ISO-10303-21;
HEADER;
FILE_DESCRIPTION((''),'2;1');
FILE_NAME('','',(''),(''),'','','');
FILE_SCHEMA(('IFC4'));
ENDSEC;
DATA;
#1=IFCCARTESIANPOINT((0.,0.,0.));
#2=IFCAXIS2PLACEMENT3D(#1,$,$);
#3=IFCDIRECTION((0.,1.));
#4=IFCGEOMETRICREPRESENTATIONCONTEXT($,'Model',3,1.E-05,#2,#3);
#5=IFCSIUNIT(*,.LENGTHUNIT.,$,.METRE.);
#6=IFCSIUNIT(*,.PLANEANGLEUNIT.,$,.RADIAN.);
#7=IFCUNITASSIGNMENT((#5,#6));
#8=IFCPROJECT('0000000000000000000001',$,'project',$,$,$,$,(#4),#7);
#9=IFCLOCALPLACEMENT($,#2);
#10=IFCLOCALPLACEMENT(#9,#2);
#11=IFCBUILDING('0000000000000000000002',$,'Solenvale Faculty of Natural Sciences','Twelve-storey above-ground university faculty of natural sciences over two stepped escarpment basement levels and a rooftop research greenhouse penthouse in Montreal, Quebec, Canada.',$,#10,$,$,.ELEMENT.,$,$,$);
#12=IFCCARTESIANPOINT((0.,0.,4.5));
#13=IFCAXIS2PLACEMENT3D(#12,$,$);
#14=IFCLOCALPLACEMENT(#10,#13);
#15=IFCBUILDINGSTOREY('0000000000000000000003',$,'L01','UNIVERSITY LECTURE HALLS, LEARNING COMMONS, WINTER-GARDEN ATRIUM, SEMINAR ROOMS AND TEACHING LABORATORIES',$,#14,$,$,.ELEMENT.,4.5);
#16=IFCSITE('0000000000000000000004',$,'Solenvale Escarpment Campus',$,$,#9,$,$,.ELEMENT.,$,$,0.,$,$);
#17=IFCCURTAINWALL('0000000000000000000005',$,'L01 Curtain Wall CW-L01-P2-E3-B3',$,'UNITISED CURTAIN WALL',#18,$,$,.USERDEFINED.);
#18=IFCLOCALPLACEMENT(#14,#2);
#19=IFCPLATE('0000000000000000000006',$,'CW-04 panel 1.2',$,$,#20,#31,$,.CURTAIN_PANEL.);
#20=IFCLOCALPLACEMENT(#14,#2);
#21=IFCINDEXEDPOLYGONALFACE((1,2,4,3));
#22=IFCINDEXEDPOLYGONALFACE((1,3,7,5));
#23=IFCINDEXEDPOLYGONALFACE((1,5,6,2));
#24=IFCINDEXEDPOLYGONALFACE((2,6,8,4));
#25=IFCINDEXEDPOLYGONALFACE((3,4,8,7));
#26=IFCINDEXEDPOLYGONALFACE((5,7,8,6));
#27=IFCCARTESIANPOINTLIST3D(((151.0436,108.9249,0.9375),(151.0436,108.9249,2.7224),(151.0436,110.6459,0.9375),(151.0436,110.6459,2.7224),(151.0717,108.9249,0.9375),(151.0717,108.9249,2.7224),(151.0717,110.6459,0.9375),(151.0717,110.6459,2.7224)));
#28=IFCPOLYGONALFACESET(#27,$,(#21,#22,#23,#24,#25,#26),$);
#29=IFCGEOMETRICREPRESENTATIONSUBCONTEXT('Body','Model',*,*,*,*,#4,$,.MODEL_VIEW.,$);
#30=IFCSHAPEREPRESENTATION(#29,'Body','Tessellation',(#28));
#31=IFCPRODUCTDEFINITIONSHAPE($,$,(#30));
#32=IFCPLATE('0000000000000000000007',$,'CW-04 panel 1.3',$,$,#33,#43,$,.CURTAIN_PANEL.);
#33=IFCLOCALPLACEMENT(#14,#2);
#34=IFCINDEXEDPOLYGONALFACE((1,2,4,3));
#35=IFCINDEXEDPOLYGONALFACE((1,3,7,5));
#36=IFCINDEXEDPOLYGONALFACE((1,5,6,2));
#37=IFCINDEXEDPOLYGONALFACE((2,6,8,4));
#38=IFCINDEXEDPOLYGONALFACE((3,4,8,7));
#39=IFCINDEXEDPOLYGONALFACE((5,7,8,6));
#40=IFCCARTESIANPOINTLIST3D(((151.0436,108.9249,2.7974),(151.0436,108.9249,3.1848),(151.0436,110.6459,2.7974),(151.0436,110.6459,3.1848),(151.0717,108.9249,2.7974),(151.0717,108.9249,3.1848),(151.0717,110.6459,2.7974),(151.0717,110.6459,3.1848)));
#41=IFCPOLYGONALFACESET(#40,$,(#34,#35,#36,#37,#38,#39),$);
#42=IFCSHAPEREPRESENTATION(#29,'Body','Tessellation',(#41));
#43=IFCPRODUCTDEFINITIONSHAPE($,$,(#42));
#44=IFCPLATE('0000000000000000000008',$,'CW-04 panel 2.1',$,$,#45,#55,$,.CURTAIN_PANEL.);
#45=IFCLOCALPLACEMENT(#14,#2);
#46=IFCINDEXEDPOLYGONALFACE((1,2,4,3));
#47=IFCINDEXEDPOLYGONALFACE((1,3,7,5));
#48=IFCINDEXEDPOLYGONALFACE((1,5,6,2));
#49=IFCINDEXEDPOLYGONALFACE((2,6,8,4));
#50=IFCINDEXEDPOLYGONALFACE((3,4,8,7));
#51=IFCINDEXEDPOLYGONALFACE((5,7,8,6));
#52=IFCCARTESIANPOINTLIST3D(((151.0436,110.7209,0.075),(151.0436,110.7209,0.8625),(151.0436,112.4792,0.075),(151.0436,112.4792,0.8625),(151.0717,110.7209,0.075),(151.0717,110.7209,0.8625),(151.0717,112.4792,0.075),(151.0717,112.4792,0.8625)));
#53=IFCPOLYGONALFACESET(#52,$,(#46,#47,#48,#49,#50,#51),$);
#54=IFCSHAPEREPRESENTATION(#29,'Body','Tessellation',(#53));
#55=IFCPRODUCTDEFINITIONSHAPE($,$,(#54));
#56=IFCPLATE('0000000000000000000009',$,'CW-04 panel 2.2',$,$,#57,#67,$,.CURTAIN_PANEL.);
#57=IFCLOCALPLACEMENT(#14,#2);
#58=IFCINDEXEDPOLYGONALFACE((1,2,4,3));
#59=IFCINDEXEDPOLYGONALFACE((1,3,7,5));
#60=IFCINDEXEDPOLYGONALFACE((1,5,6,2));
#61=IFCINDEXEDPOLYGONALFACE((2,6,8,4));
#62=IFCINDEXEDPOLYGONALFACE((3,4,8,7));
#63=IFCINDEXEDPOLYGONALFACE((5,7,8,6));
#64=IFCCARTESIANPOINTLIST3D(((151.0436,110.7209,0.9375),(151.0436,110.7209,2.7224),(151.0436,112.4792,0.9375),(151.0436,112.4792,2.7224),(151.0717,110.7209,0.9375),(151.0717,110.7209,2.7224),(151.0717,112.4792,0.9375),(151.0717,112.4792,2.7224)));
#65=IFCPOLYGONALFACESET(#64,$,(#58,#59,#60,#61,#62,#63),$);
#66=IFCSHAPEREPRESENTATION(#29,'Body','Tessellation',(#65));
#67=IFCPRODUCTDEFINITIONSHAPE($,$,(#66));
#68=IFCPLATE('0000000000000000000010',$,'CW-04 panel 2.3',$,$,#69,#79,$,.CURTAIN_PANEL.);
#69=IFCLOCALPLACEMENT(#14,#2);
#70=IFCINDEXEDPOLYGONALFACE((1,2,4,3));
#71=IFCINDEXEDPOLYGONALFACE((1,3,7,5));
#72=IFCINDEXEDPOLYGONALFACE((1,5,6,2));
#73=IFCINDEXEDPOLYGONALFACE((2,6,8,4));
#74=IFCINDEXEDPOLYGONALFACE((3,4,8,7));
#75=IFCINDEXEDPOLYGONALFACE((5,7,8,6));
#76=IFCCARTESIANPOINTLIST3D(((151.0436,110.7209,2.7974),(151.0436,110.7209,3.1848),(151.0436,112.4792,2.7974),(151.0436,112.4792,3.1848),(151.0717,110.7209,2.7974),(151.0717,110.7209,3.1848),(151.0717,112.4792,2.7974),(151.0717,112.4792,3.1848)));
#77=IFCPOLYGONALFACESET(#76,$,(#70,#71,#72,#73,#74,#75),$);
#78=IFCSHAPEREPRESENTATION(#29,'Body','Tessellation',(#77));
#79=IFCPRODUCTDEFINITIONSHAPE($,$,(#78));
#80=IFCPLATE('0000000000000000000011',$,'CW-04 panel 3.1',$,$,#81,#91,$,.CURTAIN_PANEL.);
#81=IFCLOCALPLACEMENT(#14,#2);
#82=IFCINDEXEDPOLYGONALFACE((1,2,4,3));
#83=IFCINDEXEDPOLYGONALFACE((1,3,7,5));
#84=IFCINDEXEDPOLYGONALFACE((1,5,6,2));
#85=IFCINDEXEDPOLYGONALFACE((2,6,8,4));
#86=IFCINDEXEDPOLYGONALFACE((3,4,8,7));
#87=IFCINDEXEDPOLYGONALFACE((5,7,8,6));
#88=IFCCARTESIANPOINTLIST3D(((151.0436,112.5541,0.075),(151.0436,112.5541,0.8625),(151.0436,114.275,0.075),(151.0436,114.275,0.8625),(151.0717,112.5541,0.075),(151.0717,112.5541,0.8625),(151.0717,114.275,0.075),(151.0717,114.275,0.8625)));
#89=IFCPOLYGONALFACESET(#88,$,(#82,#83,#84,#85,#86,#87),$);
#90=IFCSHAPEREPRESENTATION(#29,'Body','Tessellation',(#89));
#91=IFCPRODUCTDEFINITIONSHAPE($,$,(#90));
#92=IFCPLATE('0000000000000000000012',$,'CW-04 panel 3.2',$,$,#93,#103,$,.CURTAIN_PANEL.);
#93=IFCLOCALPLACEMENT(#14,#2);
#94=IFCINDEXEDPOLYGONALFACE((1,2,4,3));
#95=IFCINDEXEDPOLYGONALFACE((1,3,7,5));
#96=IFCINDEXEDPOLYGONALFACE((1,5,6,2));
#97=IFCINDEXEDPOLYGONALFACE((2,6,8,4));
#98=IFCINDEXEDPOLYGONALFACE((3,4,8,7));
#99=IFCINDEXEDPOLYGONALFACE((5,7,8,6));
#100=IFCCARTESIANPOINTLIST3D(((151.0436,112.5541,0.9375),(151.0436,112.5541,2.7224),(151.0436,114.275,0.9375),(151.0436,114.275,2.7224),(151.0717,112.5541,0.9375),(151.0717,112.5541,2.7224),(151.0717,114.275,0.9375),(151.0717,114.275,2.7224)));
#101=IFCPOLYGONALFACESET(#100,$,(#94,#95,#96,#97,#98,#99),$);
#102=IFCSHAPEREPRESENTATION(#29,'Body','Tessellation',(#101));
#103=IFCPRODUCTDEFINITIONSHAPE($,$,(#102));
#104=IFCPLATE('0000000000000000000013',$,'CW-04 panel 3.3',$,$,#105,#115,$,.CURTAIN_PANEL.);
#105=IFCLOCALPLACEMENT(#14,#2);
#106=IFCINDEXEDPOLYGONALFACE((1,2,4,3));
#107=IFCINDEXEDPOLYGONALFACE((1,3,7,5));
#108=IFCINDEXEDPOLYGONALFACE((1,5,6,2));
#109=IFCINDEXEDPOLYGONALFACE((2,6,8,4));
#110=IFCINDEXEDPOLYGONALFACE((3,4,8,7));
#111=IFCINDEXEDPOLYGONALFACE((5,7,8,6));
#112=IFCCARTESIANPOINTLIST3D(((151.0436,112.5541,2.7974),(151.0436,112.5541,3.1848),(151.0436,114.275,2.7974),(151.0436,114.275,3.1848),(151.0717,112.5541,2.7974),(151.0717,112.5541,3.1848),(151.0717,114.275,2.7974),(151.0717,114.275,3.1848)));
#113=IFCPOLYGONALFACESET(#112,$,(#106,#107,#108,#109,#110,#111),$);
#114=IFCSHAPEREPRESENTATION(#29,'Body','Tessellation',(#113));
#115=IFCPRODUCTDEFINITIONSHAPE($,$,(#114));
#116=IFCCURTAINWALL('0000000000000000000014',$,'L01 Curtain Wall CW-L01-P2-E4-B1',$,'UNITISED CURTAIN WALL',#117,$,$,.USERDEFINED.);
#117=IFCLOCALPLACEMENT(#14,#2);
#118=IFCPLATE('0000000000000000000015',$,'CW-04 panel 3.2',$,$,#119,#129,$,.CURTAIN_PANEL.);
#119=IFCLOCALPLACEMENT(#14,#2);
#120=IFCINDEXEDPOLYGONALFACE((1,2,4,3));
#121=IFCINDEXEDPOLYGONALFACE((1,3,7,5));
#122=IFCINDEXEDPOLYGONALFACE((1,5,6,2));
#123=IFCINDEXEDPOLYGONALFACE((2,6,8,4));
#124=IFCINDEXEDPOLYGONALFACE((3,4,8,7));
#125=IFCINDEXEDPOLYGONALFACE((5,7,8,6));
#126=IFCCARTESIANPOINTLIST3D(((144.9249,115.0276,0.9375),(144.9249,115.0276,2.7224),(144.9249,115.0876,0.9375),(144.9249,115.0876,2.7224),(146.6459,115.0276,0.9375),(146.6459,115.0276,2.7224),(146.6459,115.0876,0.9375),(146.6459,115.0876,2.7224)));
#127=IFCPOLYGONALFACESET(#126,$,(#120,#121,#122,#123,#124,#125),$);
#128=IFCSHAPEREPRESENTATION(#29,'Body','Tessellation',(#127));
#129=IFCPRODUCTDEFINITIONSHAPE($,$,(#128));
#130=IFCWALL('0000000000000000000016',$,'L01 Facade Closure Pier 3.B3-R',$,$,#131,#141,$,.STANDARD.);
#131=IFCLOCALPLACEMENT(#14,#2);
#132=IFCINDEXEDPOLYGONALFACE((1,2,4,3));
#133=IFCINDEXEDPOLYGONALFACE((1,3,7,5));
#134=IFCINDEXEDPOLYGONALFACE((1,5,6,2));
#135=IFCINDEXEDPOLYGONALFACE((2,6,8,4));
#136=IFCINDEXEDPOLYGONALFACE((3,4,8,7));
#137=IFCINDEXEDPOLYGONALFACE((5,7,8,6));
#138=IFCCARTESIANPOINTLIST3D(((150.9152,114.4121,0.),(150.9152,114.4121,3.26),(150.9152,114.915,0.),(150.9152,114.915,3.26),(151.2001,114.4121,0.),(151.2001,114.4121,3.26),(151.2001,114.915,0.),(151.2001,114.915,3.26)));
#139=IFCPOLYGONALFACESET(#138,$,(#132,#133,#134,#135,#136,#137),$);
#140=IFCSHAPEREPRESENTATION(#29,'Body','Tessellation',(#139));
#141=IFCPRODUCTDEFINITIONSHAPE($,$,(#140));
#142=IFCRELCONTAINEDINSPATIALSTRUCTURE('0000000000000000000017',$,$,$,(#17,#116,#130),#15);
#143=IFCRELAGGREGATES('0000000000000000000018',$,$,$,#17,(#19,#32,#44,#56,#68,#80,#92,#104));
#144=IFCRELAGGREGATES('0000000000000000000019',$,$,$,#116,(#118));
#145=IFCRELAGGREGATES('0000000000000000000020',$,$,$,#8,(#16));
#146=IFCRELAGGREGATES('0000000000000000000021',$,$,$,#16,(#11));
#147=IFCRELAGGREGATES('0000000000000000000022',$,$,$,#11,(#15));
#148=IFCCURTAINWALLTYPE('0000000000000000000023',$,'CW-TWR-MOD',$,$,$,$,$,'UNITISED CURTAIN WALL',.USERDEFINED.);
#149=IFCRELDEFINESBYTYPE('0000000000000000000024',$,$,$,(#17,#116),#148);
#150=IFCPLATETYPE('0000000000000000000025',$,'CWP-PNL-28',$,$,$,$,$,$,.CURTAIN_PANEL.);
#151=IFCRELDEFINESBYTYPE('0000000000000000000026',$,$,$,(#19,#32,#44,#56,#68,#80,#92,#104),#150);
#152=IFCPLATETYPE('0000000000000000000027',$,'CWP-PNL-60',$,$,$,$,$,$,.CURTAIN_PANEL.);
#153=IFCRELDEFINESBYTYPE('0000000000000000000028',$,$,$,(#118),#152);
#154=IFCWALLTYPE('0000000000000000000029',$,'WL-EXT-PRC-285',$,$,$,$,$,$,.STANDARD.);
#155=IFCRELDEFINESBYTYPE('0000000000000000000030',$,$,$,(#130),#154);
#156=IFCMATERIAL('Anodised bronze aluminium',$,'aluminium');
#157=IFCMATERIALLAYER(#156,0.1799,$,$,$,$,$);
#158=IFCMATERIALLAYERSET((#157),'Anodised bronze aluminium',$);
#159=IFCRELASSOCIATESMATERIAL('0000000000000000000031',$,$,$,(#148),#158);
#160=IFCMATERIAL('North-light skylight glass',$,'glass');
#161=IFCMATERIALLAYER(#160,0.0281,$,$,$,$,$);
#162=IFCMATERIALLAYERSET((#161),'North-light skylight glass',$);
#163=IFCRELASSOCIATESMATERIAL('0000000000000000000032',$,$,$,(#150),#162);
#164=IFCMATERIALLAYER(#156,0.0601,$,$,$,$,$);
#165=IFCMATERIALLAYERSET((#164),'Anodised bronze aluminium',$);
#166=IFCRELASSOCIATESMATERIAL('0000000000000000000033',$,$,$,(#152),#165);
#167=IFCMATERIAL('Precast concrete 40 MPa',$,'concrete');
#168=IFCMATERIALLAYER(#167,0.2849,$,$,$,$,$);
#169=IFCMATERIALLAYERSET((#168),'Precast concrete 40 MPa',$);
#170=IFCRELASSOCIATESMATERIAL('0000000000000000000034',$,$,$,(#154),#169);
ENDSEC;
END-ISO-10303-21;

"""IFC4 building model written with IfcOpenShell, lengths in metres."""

from ifc_helpers import new_model, si_unit, direction, frame, frame_2d, origin, origin_2d, place, context, subcontext, project, spatial, rectangle, extrude, material, layer, layer_set, type_object, element, aggregate, save


model = new_model("IFC4")

# Units and contexts
model_context = context("Model", 3, precision=1e-05, world=origin(), true_north=direction((0.0, 1.0)))
body_context = subcontext(model_context, "Body", "Model", "MODEL_VIEW")
ifc_project = project(units=[si_unit("LENGTHUNIT", "METRE"), si_unit("PLANEANGLEUNIT", "RADIAN")], contexts=[model_context])

# Site, building, storey
site_placement = place(None, origin())
site = spatial("IfcSite", under=ifc_project, at=site_placement, Name="Solenvale Escarpment Campus", CompositionType="ELEMENT", RefElevation=0.0)
building_placement = place(site_placement, origin())
building = spatial("IfcBuilding", under=site, at=building_placement, Name="Solenvale Faculty of Natural Sciences", Description="Twelve-storey above-ground university faculty of natural sciences over two stepped escarpment basement levels and a rooftop research greenhouse penthouse in Montreal, Quebec, Canada.", CompositionType="ELEMENT")
storey_placement = place(building_placement, frame((0.0, 0.0, 4.5)))
storey = spatial("IfcBuildingStorey", under=building, at=storey_placement, Name="L01", Description="UNIVERSITY LECTURE HALLS, LEARNING COMMONS, WINTER-GARDEN ATRIUM, SEMINAR ROOMS AND TEACHING LABORATORIES", CompositionType="ELEMENT", Elevation=4.5)

# Curtain wall, plates
ifc_material_1 = material(Name="Anodised bronze aluminium", Category="aluminium")
ifc_layer_1 = layer(ifc_material_1, 0.1799)
ifc_layer_set_1 = layer_set([ifc_layer_1], Name="Anodised bronze aluminium")
curtain_wall_type = type_object("IfcCurtainWallType", Name="CW-TWR-MOD", ElementType="UNITISED CURTAIN WALL", PredefinedType="USERDEFINED", material=ifc_layer_set_1)
curtain_wall_1_placement = place(storey_placement, origin())
curtain_wall_1 = element("IfcCurtainWall", 1, at=curtain_wall_1_placement, inside=storey, type_object=curtain_wall_type, Name="L01 Curtain Wall CW-L01-P2-E3-B3", ObjectType="UNITISED CURTAIN WALL", PredefinedType="USERDEFINED")
ifc_material_2 = material(Name="North-light skylight glass", Category="glass")
ifc_layer_2 = layer(ifc_material_2, 0.0281)
ifc_layer_set_2 = layer_set([ifc_layer_2], Name="North-light skylight glass")
plate_type_1 = type_object("IfcPlateType", Name="CWP-PNL-28", PredefinedType="CURTAIN_PANEL", material=ifc_layer_set_2)
plate_1_placement = place(storey_placement, frame((151.0576, 109.7854, 0.9375), z_axis=(0.0, 0.0, 1.0), x_axis=(0.0, 1.0, 0.0)))
plate_1 = element("IfcPlate", 2, at=plate_1_placement, type_object=plate_type_1, Name="CW-04 panel 1.2", PredefinedType="CURTAIN_PANEL", context=body_context, shape_type="SweptSolid", body=[
    extrude(rectangle(XDim=1.7209, YDim=0.0281, at=origin_2d()), origin(), (0.0, 0.0, 1.0), 1.7849),
])
plate_2_placement = place(storey_placement, frame((151.0576, 109.7854, 2.7974), z_axis=(0.0, 0.0, 1.0), x_axis=(0.0, 1.0, 0.0)))
plate_2 = element("IfcPlate", 3, at=plate_2_placement, type_object=plate_type_1, Name="CW-04 panel 1.3", PredefinedType="CURTAIN_PANEL", context=body_context, shape_type="SweptSolid", body=[
    extrude(rectangle(XDim=1.7209, YDim=0.0281, at=origin_2d()), origin(), (0.0, 0.0, 1.0), 0.3875),
])
plate_3_placement = place(storey_placement, frame((151.0576, 111.6001, 0.075), z_axis=(0.0, 0.0, 1.0), x_axis=(0.0, 1.0, 0.0)))
plate_3 = element("IfcPlate", 4, at=plate_3_placement, type_object=plate_type_1, Name="CW-04 panel 2.1", PredefinedType="CURTAIN_PANEL", context=body_context, shape_type="SweptSolid", body=[
    extrude(rectangle(XDim=1.7583, YDim=0.0281, at=origin_2d()), origin(), (0.0, 0.0, 1.0), 0.7876),
])
plate_4_placement = place(storey_placement, frame((151.0576, 111.6001, 0.9375), z_axis=(0.0, 0.0, 1.0), x_axis=(0.0, 1.0, 0.0)))
plate_4 = element("IfcPlate", 5, at=plate_4_placement, type_object=plate_type_1, Name="CW-04 panel 2.2", PredefinedType="CURTAIN_PANEL", context=body_context, shape_type="SweptSolid", body=[
    extrude(rectangle(XDim=1.7583, YDim=0.0281, at=origin_2d()), origin(), (0.0, 0.0, 1.0), 1.7849),
])
plate_5_placement = place(storey_placement, frame((151.0576, 111.6001, 2.7974), z_axis=(0.0, 0.0, 1.0), x_axis=(0.0, 1.0, 0.0)))
plate_5 = element("IfcPlate", 6, at=plate_5_placement, type_object=plate_type_1, Name="CW-04 panel 2.3", PredefinedType="CURTAIN_PANEL", context=body_context, shape_type="SweptSolid", body=[
    extrude(rectangle(XDim=1.7583, YDim=0.0281, at=origin_2d()), origin(), (0.0, 0.0, 1.0), 0.3875),
])
plate_6_placement = place(storey_placement, frame((151.0576, 113.4146, 0.075), z_axis=(0.0, 0.0, 1.0), x_axis=(0.0, 1.0, 0.0)))
plate_6 = element("IfcPlate", 7, at=plate_6_placement, type_object=plate_type_1, Name="CW-04 panel 3.1", PredefinedType="CURTAIN_PANEL", context=body_context, shape_type="SweptSolid", body=[
    extrude(rectangle(XDim=1.7209, YDim=0.0281, at=origin_2d()), origin(), (0.0, 0.0, 1.0), 0.7876),
])
plate_7_placement = place(storey_placement, frame((151.0576, 113.4146, 0.9375), z_axis=(0.0, 0.0, 1.0), x_axis=(0.0, 1.0, 0.0)))
plate_7 = element("IfcPlate", 8, at=plate_7_placement, type_object=plate_type_1, Name="CW-04 panel 3.2", PredefinedType="CURTAIN_PANEL", context=body_context, shape_type="SweptSolid", body=[
    extrude(rectangle(XDim=1.7209, YDim=0.0281, at=origin_2d()), origin(), (0.0, 0.0, 1.0), 1.7849),
])
plate_8_placement = place(storey_placement, frame((151.0576, 113.4146, 2.7974), z_axis=(0.0, 0.0, 1.0), x_axis=(0.0, 1.0, 0.0)))
plate_8 = element("IfcPlate", 9, at=plate_8_placement, type_object=plate_type_1, Name="CW-04 panel 3.3", PredefinedType="CURTAIN_PANEL", context=body_context, shape_type="SweptSolid", body=[
    extrude(rectangle(XDim=1.7209, YDim=0.0281, at=origin_2d()), origin(), (0.0, 0.0, 1.0), 0.3875),
])
aggregate(curtain_wall_1, [plate_1, plate_2, plate_3, plate_4, plate_5, plate_6, plate_7, plate_8])

# Curtain wall, plate
curtain_wall_2_placement = place(storey_placement, origin())
curtain_wall_2 = element("IfcCurtainWall", 10, at=curtain_wall_2_placement, inside=storey, type_object=curtain_wall_type, Name="L01 Curtain Wall CW-L01-P2-E4-B1", ObjectType="UNITISED CURTAIN WALL", PredefinedType="USERDEFINED")
ifc_layer_3 = layer(ifc_material_1, 0.0601)
ifc_layer_set_3 = layer_set([ifc_layer_3], Name="Anodised bronze aluminium")
plate_type_2 = type_object("IfcPlateType", Name="CWP-PNL-60", PredefinedType="CURTAIN_PANEL", material=ifc_layer_set_3)
plate_9_placement = place(storey_placement, frame((145.7854, 115.0576, 0.9375), z_axis=(0.0, 0.0, 1.0), x_axis=(-1.0, 0.0, 0.0)))
plate_9 = element("IfcPlate", 11, at=plate_9_placement, type_object=plate_type_2, Name="CW-04 panel 3.2", PredefinedType="CURTAIN_PANEL", context=body_context, shape_type="SweptSolid", body=[
    extrude(rectangle(XDim=1.7209, YDim=0.0601, at=origin_2d()), origin(), (0.0, 0.0, 1.0), 1.7849),
])
aggregate(curtain_wall_2, [plate_9])

# Wall
ifc_material_3 = material(Name="Precast concrete 40 MPa", Category="concrete")
ifc_layer_4 = layer(ifc_material_3, 0.2849)
ifc_layer_set_4 = layer_set([ifc_layer_4], Name="Precast concrete 40 MPa")
wall_type = type_object("IfcWallType", Name="WL-EXT-PRC-285", PredefinedType="STANDARD", material=ifc_layer_set_4)
wall_placement = place(storey_placement, frame((151.0576, 114.4121, 0.0), z_axis=(0.0, 0.0, 1.0), x_axis=(0.0, 1.0, 0.0)))
element("IfcWall", 12, at=wall_placement, inside=storey, type_object=wall_type, Name="L01 Facade Closure Pier 3.B3-R", PredefinedType="STANDARD", context=body_context, shape_type="SweptSolid", body=[
    extrude(rectangle(XDim=0.5029, YDim=0.2849, at=frame_2d((0.2515, 0.0))), origin(), (0.0, 0.0, 1.0), 3.26),
])

save(model, "model.ifc")
